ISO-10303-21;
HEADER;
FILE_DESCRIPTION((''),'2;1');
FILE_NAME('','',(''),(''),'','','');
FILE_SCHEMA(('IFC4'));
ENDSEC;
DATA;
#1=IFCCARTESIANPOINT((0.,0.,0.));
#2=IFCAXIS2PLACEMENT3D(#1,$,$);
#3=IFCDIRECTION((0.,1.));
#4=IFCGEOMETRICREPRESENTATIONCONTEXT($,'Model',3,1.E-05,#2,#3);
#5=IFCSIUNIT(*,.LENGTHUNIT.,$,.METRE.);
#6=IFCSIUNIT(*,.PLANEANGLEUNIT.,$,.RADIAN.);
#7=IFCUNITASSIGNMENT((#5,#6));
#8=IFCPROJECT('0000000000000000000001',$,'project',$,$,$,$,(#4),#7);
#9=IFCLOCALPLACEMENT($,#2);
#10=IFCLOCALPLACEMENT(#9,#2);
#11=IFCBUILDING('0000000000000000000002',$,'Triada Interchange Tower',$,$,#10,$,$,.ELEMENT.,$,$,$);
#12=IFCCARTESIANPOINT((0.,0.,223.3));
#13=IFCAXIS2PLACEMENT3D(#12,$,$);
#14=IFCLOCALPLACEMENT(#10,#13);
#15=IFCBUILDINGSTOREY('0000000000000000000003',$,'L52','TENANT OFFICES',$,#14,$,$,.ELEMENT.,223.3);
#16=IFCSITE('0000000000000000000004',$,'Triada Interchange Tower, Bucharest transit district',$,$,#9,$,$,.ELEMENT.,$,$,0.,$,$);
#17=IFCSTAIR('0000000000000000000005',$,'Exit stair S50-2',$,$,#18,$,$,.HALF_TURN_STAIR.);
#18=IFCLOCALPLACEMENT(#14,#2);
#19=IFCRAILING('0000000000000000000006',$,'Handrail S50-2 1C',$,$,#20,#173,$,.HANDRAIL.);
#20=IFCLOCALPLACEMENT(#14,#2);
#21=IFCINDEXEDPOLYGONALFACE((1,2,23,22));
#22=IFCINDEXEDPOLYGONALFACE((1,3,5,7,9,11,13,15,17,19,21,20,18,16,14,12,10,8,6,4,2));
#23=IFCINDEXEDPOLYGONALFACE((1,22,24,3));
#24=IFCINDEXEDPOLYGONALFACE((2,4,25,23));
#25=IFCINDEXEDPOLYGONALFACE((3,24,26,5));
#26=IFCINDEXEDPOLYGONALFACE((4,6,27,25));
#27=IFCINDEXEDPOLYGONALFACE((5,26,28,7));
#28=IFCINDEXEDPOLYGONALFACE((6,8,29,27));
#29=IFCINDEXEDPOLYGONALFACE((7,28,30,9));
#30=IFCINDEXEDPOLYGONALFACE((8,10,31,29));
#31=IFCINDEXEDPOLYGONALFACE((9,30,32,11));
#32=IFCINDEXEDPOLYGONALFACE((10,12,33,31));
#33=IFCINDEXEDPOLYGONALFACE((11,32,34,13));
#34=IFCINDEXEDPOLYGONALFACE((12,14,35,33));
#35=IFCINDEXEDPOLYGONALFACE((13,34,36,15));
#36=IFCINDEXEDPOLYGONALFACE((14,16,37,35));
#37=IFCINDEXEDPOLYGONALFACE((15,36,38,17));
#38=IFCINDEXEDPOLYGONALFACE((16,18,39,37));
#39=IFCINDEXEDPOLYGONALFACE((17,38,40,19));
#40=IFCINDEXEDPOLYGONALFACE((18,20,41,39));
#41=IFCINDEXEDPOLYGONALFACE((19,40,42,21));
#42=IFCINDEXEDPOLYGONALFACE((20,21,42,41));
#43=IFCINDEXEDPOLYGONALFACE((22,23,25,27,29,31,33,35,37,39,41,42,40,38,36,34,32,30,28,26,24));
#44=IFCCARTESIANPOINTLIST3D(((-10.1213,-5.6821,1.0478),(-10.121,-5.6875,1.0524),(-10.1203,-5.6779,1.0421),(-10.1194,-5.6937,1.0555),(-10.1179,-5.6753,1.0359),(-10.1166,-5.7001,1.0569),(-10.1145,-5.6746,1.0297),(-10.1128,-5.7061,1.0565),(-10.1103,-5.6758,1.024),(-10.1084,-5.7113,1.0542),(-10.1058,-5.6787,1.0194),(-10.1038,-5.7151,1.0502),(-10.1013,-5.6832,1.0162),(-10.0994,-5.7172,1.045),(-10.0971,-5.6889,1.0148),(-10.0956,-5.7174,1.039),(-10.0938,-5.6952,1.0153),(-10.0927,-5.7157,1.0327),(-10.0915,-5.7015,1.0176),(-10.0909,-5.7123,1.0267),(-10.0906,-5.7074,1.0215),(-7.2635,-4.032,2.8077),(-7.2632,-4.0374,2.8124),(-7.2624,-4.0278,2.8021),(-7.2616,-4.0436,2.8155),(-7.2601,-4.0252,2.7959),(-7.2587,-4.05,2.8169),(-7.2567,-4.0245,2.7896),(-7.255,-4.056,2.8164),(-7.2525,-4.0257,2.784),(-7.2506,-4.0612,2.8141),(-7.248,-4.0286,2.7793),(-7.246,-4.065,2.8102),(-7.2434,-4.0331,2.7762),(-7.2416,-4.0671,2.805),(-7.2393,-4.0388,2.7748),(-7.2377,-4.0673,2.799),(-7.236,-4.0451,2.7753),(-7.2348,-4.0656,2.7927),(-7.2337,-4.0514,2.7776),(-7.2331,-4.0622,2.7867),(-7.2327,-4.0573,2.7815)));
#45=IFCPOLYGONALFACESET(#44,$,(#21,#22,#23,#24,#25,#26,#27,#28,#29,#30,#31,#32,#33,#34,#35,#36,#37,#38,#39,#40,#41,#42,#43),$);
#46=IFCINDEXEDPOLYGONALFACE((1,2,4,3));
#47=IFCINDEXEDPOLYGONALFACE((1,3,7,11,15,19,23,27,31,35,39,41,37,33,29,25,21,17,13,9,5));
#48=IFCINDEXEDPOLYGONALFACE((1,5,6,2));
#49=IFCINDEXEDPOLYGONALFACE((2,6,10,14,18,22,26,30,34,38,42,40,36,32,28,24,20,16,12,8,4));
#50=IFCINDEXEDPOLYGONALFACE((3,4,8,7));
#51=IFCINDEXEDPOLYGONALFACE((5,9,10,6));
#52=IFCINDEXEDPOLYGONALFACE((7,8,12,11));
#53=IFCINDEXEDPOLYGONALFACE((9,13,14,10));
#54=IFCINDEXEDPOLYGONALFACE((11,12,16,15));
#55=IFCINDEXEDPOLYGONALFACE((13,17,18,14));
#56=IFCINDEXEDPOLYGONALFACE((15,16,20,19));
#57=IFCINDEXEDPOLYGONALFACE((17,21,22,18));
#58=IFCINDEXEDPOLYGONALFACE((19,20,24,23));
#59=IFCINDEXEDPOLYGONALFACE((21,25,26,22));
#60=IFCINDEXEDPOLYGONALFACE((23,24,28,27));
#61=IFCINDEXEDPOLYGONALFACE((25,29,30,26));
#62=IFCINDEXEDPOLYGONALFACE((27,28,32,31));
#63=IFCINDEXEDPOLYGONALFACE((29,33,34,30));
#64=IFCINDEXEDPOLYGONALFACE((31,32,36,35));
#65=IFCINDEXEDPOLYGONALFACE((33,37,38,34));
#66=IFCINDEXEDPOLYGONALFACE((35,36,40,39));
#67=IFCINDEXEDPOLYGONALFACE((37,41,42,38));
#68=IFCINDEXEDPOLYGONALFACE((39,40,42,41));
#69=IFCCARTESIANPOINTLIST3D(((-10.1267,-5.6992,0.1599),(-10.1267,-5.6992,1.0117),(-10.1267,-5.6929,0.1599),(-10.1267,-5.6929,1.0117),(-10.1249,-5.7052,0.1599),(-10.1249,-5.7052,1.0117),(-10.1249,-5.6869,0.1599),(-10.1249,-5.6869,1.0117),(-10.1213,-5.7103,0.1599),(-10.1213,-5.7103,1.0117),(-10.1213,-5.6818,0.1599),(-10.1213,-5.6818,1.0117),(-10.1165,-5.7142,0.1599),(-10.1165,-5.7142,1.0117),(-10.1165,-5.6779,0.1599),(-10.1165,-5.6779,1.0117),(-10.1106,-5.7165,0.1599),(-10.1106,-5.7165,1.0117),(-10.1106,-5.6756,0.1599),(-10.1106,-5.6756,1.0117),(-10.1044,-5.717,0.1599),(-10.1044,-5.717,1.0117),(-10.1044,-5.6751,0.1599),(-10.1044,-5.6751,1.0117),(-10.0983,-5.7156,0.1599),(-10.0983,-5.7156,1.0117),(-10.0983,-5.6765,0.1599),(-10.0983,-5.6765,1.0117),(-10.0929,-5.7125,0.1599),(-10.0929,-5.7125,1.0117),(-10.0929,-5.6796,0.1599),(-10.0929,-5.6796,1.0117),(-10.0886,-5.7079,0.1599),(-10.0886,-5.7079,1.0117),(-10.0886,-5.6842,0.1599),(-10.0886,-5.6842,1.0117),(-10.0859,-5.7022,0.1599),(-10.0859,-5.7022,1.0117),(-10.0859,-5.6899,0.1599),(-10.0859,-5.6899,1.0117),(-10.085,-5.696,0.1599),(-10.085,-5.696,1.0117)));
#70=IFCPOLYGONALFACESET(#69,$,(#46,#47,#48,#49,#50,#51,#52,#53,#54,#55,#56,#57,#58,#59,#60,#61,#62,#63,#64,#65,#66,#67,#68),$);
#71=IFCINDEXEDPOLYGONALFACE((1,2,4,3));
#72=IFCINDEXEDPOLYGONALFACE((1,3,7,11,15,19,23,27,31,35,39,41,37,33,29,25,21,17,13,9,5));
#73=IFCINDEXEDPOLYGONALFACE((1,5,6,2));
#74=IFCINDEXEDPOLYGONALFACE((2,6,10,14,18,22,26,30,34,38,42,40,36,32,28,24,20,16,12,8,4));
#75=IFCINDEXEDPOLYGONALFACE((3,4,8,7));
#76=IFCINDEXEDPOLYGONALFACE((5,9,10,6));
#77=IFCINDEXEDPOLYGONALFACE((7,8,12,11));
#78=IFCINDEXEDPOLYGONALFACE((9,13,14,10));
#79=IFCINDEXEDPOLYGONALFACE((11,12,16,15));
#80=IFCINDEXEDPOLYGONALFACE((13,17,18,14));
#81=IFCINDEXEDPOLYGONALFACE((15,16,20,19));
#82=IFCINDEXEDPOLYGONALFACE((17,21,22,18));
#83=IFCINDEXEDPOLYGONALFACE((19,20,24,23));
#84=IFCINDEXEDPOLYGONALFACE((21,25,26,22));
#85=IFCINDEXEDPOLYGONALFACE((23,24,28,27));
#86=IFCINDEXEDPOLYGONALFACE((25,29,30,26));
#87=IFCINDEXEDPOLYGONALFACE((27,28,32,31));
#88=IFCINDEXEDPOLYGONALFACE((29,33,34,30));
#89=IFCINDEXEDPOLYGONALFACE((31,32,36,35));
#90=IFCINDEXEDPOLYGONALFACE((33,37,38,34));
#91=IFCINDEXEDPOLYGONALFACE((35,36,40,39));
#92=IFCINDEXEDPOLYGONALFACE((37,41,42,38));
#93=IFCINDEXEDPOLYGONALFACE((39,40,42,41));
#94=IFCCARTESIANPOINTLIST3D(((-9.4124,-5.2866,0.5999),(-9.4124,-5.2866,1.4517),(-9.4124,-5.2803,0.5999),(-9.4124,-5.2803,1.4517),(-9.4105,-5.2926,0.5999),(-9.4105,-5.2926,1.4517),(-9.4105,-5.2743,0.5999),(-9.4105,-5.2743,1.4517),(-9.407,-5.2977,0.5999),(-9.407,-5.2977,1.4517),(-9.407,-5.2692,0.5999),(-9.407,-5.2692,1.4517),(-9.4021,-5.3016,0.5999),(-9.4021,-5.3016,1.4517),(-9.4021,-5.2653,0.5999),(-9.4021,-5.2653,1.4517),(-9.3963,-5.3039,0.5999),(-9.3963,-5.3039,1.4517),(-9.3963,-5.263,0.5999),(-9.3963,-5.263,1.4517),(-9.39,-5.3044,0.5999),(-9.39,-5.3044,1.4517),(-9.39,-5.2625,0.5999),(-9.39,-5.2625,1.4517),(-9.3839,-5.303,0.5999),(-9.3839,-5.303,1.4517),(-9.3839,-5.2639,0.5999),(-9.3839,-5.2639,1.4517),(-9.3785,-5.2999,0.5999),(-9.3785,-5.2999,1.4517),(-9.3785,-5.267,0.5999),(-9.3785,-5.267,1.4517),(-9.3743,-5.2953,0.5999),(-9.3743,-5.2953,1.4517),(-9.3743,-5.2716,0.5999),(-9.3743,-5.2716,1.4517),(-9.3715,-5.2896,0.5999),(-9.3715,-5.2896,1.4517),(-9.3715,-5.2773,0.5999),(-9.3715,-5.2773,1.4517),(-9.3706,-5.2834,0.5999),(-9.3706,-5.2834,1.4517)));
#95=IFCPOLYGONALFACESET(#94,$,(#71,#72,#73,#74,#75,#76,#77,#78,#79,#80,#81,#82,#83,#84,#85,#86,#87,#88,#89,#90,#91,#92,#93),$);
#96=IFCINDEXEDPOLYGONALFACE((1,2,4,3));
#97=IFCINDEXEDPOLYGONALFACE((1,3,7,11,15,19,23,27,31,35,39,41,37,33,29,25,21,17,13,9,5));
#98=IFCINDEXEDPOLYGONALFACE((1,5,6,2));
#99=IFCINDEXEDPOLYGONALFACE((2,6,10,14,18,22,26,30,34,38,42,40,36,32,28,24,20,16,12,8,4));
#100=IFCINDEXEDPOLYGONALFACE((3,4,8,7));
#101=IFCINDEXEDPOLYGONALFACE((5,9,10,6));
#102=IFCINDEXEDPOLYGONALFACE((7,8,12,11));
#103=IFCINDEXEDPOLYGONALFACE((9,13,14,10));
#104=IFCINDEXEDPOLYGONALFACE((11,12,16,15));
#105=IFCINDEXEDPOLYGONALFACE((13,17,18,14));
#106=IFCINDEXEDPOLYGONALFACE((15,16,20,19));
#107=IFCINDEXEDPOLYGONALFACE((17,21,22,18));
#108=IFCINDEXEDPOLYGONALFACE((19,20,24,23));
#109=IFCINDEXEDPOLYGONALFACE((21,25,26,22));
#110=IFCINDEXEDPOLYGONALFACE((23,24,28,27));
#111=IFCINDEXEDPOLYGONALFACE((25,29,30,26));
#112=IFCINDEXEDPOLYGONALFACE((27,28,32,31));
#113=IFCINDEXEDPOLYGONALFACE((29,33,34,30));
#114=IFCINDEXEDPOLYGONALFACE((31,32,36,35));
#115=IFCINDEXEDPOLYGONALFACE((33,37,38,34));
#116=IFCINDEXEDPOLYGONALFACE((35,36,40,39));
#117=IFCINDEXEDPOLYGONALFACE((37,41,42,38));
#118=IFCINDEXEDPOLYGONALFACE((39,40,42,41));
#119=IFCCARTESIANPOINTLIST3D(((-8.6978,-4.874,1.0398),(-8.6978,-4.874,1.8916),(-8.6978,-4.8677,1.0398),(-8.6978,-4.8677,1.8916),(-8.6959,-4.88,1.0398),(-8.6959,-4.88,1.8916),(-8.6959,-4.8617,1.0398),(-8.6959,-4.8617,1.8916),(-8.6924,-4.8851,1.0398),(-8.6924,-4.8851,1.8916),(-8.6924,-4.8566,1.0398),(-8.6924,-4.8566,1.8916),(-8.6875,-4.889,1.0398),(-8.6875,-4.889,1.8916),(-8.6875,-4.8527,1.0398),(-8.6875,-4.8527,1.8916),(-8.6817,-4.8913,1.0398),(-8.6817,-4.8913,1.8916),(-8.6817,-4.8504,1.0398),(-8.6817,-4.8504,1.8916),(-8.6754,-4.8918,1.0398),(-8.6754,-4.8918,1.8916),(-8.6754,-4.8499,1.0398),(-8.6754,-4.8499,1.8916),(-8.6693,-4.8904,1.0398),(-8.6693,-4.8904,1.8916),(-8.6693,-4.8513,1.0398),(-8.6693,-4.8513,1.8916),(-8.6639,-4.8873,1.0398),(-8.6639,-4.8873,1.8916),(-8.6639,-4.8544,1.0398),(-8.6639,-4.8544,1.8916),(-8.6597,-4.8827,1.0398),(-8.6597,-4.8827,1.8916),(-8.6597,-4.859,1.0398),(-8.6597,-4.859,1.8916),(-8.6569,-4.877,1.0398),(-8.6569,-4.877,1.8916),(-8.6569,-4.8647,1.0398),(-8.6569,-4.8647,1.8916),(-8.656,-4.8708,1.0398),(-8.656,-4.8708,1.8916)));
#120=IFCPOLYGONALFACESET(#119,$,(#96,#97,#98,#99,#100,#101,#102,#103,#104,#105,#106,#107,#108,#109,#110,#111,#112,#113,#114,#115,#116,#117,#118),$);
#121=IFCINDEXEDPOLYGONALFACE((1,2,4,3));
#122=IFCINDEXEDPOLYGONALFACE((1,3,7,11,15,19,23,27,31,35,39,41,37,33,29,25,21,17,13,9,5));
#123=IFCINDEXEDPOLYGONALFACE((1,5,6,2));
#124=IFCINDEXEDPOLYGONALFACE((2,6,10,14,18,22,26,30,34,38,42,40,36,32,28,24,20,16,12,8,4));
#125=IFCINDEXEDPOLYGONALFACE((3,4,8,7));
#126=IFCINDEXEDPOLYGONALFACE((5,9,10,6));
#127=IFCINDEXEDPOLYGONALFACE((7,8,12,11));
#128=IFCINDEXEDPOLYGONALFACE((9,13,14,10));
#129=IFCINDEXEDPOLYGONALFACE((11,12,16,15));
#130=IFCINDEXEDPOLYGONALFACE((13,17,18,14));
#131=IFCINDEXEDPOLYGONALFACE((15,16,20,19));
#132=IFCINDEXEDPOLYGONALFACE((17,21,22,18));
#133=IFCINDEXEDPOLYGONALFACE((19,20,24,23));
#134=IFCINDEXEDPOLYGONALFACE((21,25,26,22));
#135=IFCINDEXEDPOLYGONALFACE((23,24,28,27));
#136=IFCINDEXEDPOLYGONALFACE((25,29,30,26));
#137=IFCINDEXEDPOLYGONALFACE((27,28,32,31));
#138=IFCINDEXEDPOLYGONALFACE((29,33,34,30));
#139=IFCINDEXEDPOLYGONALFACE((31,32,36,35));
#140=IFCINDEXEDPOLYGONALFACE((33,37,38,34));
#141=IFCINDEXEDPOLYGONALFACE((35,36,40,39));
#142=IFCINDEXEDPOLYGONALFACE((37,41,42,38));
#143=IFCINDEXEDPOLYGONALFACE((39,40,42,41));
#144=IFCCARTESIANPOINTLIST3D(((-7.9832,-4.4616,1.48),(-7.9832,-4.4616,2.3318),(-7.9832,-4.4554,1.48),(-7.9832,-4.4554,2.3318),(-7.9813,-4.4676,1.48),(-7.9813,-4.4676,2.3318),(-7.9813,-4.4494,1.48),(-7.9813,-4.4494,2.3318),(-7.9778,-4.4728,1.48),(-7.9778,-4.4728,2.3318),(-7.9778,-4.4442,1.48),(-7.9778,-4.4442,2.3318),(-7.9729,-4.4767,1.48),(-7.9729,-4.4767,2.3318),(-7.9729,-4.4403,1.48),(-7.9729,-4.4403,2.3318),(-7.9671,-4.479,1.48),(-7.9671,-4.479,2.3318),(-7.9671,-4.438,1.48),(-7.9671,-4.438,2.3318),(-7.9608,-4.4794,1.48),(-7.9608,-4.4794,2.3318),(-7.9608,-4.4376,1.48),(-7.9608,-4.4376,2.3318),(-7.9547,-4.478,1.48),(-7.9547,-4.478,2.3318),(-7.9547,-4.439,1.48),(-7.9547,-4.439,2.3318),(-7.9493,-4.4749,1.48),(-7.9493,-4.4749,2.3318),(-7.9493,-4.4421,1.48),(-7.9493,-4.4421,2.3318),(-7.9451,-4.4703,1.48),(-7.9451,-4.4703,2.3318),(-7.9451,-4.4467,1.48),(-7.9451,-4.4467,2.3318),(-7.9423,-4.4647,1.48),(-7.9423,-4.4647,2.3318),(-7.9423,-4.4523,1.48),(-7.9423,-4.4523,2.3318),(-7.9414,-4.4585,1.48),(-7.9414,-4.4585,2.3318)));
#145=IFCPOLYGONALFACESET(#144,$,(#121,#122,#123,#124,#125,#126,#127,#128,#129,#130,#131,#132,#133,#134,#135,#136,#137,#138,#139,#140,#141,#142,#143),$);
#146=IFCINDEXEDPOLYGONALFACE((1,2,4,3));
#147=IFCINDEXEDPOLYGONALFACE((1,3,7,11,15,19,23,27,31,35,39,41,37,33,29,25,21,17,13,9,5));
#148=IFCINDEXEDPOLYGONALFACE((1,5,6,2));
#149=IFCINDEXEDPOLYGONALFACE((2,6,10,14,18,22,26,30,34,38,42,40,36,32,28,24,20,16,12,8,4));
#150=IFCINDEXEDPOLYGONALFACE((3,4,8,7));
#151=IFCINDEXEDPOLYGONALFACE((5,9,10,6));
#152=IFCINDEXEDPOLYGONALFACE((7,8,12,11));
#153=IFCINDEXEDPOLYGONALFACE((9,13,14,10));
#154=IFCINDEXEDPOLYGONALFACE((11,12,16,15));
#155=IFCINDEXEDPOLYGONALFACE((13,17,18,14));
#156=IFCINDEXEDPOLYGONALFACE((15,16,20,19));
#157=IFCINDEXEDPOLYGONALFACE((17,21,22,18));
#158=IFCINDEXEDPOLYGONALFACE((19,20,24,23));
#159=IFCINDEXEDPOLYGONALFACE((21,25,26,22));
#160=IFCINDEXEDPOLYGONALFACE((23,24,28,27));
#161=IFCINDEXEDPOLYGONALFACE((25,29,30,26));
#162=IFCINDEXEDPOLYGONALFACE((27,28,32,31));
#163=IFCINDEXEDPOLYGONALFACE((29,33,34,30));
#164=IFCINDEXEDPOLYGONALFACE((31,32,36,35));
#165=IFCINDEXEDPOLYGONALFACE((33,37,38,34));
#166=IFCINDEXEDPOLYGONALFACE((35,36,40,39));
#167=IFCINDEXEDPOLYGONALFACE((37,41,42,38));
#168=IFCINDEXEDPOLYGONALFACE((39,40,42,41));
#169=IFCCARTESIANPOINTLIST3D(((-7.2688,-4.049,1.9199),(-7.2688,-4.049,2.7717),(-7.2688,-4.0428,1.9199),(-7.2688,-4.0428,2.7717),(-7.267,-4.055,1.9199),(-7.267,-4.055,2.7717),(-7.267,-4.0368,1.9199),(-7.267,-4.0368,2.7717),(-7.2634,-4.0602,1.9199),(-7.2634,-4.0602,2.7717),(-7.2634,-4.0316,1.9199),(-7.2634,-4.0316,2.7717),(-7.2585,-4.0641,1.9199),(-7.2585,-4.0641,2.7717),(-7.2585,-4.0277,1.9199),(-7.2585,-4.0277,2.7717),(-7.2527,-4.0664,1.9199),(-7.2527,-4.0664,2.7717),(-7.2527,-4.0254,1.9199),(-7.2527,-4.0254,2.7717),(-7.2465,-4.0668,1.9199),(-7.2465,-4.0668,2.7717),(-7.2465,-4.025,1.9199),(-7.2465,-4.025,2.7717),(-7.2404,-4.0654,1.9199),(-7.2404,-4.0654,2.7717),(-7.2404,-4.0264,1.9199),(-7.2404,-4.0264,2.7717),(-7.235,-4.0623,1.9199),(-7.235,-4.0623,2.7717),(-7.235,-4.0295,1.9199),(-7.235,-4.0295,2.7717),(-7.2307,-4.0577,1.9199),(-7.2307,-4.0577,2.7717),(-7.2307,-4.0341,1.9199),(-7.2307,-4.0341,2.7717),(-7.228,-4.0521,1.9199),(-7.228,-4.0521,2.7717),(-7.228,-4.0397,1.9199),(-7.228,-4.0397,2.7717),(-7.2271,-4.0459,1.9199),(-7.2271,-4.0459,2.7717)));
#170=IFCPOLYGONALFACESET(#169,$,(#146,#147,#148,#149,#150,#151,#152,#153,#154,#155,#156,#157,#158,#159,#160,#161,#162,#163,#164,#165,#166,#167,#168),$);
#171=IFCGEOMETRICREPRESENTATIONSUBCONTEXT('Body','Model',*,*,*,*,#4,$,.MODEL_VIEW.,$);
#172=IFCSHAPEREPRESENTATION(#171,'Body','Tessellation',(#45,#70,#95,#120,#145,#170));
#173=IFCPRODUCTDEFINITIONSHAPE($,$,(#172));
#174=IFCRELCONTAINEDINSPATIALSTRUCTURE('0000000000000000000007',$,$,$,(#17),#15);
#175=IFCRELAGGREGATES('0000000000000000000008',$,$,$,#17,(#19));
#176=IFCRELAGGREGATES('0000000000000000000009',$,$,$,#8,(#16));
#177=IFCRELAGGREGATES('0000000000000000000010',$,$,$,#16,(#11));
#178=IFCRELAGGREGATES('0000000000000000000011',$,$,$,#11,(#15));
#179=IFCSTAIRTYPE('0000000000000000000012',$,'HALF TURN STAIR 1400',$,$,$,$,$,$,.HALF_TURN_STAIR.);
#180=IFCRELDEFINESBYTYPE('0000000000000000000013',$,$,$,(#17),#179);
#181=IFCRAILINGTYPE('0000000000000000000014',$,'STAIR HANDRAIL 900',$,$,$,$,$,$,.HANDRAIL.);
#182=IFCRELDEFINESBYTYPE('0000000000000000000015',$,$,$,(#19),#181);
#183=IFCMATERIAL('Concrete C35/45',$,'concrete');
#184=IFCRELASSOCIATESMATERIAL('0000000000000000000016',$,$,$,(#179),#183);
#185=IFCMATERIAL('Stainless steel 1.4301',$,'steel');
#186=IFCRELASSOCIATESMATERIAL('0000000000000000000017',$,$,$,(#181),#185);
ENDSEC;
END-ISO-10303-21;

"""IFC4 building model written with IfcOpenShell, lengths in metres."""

from ifc_helpers import new_model, si_unit, direction, frame, origin, origin_2d, place, context, subcontext, project, spatial, circle, extrude, material, type_object, element, aggregate, save


model = new_model("IFC4")

# Units and contexts
model_context = context("Model", 3, precision=1e-05, world=origin(), true_north=direction((0.0, 1.0)))
body_context = subcontext(model_context, "Body", "Model", "MODEL_VIEW")
ifc_project = project(units=[si_unit("LENGTHUNIT", "METRE"), si_unit("PLANEANGLEUNIT", "RADIAN")], contexts=[model_context])

# Site, building, storey
site_placement = place(None, origin())
site = spatial("IfcSite", under=ifc_project, at=site_placement, Name="Triada Interchange Tower, Bucharest transit district", CompositionType="ELEMENT", RefElevation=0.0)
building_placement = place(site_placement, origin())
building = spatial("IfcBuilding", under=site, at=building_placement, Name="Triada Interchange Tower", CompositionType="ELEMENT")
storey_placement = place(building_placement, frame((0.0, 0.0, 223.3)))
storey = spatial("IfcBuildingStorey", under=building, at=storey_placement, Name="L52", Description="TENANT OFFICES", CompositionType="ELEMENT", Elevation=223.3)

# Stair, railing
ifc_material_1 = material(Name="Concrete C35/45", Category="concrete")
stair_type = type_object("IfcStairType", Name="HALF TURN STAIR 1400", PredefinedType="HALF_TURN_STAIR", material=ifc_material_1)
stair_placement = place(storey_placement, origin())
stair = element("IfcStair", 1, at=stair_placement, inside=storey, type_object=stair_type, Name="Exit stair S50-2", PredefinedType="HALF_TURN_STAIR")
ifc_material_2 = material(Name="Stainless steel 1.4301", Category="steel")
railing_type = type_object("IfcRailingType", Name="STAIR HANDRAIL 900", PredefinedType="HANDRAIL", material=ifc_material_2)
railing_1_placement = place(storey_placement, frame((-10.106, -5.696, 0.1599)))
railing_1 = element("IfcRailing", 2, at=railing_1_placement, type_object=railing_type, Name="Handrail S50-2 1C", PredefinedType="HANDRAIL", context=body_context, shape_type="SweptSolid", body=[
    extrude(circle(Radius=0.0239, at=origin_2d()), frame((0.0, 0.0, 0.876), z_axis=(0.764129, 0.441205, 0.47058), x_axis=(-0.50003, 0.866008, 0.0)), (0.0, 0.0, 1.0), 3.74),
    extrude(circle(Radius=0.021, at=origin_2d()), origin(), (0.0, 0.0, 1.0), 0.8518),
    extrude(circle(Radius=0.021, at=origin_2d()), frame((0.7144, 0.4126, 0.4399)), (0.0, 0.0, 1.0), 0.8518),
    extrude(circle(Radius=0.021, at=origin_2d()), frame((1.429, 0.8252, 0.8799)), (0.0, 0.0, 1.0), 0.8518),
    extrude(circle(Radius=0.021, at=origin_2d()), frame((2.1436, 1.2375, 1.3201)), (0.0, 0.0, 1.0), 0.8518),
    extrude(circle(Radius=0.021, at=origin_2d()), frame((2.8579, 1.6501, 1.76)), (0.0, 0.0, 1.0), 0.8518),
])
aggregate(stair, [railing_1])

save(model, "model.ifc")
